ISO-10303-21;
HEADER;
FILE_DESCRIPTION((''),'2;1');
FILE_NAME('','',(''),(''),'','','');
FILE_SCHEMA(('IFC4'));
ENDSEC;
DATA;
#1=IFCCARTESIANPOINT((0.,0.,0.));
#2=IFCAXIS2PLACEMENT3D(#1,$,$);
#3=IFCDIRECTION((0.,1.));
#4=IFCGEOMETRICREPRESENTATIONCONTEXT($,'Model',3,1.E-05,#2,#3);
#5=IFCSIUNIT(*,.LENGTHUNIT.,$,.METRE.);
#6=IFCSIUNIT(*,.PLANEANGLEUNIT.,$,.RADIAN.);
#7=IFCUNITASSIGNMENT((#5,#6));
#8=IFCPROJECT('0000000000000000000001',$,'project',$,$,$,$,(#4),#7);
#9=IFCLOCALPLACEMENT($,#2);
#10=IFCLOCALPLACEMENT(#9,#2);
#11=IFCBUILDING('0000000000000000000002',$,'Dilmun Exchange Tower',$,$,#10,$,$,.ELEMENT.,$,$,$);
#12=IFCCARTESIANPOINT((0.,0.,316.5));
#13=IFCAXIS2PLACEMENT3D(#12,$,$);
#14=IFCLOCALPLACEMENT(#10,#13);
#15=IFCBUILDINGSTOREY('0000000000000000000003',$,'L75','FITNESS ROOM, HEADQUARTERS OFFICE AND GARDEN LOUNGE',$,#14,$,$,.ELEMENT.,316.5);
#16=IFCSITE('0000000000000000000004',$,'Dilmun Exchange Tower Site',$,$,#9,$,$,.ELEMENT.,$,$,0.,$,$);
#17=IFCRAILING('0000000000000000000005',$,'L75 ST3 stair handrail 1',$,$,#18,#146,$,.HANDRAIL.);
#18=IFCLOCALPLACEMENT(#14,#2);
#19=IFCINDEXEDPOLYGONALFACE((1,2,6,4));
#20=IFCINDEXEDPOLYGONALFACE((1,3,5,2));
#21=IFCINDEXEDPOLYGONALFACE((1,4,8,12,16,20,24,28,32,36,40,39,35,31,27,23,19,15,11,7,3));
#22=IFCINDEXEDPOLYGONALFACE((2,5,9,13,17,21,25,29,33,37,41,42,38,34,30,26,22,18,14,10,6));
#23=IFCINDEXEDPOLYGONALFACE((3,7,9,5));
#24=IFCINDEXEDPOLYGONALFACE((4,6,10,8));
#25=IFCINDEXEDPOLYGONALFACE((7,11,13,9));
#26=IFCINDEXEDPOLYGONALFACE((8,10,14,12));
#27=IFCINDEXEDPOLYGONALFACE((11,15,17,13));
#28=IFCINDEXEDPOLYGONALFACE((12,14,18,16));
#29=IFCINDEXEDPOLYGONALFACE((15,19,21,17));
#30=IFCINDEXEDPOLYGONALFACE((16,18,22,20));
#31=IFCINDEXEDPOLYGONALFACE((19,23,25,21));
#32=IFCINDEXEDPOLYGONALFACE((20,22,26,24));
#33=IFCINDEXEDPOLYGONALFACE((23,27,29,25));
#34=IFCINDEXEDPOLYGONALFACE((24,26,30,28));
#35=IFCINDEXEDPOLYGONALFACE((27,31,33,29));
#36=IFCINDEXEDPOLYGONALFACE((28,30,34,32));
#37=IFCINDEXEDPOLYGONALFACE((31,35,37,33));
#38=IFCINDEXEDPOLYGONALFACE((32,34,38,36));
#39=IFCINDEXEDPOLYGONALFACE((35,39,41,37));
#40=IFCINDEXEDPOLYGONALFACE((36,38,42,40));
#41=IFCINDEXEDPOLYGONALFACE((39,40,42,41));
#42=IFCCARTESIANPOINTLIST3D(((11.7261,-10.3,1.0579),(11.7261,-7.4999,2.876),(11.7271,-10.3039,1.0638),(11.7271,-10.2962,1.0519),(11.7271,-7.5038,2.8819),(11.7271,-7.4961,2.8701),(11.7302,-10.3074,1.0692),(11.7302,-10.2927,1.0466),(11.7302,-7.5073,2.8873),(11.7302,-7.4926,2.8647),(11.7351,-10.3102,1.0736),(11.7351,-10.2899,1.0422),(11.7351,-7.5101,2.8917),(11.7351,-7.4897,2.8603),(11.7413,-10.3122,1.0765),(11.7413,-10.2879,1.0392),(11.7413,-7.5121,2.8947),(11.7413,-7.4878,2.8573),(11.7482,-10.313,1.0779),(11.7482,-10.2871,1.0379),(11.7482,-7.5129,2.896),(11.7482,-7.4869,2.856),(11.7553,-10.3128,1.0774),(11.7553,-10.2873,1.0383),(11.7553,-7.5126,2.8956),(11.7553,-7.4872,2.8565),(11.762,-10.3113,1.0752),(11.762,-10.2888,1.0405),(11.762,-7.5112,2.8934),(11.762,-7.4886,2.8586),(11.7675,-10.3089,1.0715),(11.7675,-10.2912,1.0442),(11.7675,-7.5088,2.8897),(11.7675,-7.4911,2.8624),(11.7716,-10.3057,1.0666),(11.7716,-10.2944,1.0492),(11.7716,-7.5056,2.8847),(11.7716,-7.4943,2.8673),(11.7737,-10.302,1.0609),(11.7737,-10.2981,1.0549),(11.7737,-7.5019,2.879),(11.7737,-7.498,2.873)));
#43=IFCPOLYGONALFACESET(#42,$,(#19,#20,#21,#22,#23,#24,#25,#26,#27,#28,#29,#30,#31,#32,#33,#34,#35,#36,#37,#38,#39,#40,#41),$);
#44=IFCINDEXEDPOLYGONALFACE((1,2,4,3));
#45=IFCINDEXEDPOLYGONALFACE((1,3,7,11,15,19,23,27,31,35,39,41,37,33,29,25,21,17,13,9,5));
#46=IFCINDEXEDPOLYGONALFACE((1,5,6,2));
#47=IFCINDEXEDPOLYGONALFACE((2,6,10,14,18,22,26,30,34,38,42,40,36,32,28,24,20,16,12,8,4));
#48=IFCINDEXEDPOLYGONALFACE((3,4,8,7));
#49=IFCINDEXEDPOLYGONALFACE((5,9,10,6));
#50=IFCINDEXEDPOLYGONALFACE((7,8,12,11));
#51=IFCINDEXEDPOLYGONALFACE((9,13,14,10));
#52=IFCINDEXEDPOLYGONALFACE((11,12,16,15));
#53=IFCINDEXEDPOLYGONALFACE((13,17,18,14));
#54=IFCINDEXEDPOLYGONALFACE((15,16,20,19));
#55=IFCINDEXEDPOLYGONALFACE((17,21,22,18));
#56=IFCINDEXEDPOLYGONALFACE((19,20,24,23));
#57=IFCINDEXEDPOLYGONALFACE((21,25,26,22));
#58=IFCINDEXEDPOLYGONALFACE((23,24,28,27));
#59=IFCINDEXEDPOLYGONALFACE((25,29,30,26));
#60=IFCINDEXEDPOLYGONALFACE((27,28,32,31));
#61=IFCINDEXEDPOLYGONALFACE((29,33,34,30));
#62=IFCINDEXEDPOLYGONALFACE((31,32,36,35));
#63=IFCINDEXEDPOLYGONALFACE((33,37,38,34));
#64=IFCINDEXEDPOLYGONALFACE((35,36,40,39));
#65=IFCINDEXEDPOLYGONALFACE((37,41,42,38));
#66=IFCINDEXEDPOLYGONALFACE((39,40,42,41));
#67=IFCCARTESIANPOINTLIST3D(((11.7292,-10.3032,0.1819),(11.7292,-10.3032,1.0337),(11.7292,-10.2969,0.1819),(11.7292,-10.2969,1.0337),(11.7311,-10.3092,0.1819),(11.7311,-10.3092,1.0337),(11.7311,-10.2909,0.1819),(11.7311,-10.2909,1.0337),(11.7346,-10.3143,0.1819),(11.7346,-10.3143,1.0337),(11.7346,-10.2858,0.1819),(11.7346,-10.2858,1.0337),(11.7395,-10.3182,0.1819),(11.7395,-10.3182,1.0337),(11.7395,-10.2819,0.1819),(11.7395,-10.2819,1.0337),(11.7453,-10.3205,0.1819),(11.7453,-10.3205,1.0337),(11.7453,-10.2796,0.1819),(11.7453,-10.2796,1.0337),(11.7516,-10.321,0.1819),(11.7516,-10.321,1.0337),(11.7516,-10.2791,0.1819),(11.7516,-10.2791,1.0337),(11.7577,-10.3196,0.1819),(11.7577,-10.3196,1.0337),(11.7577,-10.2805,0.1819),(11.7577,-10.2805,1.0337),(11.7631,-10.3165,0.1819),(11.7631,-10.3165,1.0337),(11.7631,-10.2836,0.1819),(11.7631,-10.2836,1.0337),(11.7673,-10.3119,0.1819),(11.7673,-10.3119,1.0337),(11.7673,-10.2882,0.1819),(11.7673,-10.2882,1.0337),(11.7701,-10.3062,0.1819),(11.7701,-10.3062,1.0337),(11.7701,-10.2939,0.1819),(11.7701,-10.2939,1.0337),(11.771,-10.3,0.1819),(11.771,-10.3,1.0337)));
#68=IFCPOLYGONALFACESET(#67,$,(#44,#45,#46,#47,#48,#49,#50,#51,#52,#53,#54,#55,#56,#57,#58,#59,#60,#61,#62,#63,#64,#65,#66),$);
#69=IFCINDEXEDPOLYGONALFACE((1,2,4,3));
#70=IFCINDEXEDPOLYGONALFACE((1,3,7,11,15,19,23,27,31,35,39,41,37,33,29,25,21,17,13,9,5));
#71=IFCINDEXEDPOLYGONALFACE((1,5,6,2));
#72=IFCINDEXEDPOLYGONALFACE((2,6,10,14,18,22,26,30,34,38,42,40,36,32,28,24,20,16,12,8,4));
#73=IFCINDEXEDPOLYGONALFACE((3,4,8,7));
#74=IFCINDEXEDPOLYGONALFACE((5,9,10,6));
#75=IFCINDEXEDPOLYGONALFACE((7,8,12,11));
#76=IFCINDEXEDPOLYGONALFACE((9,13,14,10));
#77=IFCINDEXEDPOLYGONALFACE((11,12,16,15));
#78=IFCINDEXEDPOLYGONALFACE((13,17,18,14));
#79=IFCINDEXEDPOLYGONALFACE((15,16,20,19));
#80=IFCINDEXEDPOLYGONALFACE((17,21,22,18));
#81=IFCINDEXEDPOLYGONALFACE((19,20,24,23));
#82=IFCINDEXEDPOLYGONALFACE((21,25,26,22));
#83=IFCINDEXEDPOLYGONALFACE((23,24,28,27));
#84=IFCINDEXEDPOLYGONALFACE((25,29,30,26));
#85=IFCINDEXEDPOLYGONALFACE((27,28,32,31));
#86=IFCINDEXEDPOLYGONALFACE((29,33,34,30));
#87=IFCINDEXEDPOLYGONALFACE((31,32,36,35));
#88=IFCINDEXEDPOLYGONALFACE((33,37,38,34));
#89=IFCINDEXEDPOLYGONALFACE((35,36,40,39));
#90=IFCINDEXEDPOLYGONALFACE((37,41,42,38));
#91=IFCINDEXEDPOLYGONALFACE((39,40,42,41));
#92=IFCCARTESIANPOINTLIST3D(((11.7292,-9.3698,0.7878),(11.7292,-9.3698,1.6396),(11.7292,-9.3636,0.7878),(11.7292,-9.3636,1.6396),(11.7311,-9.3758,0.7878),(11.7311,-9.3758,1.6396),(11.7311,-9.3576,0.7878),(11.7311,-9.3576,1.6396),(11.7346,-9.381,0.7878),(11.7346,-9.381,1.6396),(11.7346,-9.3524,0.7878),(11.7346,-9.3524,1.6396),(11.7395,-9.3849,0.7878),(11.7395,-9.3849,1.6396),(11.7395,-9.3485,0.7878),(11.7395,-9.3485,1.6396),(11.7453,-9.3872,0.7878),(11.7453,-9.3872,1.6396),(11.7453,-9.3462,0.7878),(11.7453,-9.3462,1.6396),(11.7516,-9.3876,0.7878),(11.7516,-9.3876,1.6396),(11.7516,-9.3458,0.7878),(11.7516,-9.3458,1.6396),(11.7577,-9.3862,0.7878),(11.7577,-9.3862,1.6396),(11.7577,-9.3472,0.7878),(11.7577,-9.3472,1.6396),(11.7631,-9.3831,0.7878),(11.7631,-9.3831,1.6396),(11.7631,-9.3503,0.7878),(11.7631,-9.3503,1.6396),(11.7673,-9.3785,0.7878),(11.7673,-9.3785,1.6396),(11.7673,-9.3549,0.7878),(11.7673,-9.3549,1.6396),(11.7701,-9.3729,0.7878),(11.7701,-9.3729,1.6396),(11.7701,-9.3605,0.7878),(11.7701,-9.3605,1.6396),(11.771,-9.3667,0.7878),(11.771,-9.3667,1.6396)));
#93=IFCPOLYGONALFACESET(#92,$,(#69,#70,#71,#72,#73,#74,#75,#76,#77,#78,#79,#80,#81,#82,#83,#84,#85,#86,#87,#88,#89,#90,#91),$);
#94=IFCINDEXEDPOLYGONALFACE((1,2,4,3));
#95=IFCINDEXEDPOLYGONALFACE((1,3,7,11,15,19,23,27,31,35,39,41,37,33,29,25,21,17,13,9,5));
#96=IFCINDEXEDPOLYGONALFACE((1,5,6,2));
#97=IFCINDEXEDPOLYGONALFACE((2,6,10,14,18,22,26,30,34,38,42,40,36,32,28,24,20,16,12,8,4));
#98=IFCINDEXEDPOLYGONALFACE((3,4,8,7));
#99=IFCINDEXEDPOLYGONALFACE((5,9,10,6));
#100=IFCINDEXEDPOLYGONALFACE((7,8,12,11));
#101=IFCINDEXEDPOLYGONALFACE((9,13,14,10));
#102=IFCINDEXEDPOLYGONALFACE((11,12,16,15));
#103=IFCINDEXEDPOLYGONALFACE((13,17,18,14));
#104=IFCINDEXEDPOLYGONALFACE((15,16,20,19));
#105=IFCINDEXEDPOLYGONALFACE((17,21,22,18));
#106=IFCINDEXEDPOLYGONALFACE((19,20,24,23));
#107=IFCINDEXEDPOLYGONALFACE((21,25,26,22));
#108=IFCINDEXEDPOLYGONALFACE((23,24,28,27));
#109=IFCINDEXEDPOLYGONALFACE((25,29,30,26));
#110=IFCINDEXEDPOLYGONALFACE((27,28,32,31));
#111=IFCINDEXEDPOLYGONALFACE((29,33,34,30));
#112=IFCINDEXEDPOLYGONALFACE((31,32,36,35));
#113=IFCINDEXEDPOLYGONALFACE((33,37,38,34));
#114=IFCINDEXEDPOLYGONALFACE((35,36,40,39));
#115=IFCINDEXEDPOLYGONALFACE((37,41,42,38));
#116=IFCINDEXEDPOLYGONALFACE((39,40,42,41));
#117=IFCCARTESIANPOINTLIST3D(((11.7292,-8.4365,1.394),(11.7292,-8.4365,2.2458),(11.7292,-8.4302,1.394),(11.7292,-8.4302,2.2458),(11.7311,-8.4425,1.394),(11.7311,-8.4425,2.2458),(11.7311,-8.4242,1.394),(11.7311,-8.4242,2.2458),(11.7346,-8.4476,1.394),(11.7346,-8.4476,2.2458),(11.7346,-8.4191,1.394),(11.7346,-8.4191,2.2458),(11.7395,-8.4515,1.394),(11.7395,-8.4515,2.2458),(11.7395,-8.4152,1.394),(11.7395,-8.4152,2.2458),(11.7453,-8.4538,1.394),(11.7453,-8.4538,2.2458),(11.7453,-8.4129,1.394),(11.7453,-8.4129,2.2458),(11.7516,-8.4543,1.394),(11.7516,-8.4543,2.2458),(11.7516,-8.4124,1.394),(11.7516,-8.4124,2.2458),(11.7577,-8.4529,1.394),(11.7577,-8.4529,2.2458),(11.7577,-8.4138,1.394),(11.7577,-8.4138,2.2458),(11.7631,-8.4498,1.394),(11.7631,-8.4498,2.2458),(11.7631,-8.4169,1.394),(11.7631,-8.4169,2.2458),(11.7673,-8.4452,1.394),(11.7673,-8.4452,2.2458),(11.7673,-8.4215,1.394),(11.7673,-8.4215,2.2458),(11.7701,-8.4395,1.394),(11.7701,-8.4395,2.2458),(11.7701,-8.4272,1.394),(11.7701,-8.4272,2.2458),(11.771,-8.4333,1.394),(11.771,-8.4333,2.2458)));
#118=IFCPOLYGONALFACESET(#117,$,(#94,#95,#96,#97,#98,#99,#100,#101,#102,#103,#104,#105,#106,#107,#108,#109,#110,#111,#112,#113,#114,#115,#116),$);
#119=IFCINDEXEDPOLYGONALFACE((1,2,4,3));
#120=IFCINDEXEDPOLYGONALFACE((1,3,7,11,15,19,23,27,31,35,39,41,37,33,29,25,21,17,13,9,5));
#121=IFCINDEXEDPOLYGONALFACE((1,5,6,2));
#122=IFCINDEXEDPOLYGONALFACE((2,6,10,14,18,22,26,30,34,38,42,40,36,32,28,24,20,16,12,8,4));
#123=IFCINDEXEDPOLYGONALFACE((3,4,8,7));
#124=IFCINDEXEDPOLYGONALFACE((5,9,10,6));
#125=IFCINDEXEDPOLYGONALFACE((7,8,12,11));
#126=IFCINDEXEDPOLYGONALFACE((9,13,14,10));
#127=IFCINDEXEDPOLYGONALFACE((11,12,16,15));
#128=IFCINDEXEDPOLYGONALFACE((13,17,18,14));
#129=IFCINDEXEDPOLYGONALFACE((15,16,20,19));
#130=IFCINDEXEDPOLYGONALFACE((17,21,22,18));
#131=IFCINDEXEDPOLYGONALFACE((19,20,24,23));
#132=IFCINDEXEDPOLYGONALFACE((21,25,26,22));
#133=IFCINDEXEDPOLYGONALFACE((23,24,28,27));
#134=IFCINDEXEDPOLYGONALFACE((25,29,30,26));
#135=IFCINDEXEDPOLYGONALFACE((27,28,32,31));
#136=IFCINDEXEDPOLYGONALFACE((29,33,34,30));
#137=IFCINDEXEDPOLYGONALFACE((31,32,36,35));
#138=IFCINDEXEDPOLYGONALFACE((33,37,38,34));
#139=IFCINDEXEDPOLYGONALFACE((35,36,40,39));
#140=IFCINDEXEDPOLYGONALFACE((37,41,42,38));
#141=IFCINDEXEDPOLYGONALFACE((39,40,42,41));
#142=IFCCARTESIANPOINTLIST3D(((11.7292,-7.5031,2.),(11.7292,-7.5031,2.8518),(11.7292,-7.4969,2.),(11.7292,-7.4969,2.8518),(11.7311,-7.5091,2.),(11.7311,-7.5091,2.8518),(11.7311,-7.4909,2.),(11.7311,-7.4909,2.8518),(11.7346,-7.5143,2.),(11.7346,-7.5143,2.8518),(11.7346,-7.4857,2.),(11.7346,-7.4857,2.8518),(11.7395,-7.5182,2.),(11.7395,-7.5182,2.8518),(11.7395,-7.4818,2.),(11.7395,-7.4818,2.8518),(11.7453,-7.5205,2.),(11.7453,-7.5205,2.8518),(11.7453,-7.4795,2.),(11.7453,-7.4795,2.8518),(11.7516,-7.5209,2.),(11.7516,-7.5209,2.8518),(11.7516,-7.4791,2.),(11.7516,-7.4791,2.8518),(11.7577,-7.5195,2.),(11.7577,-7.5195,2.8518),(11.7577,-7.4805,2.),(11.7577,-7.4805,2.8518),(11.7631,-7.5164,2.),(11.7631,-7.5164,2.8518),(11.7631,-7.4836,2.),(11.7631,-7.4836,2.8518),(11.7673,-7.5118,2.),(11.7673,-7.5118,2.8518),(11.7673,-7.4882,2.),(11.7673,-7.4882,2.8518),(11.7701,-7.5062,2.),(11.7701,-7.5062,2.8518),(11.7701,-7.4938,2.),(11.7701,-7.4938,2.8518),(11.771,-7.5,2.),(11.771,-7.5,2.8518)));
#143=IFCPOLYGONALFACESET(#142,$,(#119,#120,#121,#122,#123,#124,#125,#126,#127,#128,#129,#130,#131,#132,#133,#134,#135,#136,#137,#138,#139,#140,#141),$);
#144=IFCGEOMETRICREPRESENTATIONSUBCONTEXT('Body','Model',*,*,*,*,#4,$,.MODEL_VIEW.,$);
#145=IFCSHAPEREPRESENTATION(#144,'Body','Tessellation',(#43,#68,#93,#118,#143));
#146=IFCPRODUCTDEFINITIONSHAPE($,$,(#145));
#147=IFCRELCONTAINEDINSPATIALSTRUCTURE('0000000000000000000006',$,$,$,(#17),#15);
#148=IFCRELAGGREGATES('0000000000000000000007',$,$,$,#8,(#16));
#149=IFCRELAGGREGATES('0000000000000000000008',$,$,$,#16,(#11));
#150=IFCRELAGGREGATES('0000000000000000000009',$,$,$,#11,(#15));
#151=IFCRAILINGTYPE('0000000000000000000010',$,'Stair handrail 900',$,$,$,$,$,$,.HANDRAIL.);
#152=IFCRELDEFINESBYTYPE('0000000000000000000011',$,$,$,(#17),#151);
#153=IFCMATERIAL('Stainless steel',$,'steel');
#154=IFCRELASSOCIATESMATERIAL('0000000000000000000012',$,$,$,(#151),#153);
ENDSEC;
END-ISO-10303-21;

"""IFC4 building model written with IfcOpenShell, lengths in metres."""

from ifc_helpers import new_model, si_unit, direction, frame, origin, origin_2d, place, context, subcontext, project, spatial, circle, extrude, material, type_object, element, save


model = new_model("IFC4")

# Units and contexts
model_context = context("Model", 3, precision=1e-05, world=origin(), true_north=direction((0.0, 1.0)))
body_context = subcontext(model_context, "Body", "Model", "MODEL_VIEW")
ifc_project = project(units=[si_unit("LENGTHUNIT", "METRE"), si_unit("PLANEANGLEUNIT", "RADIAN")], contexts=[model_context])

# Site, building, storey
site_placement = place(None, origin())
site = spatial("IfcSite", under=ifc_project, at=site_placement, Name="Dilmun Exchange Tower Site", CompositionType="ELEMENT", RefElevation=0.0)
building_placement = place(site_placement, origin())
building = spatial("IfcBuilding", under=site, at=building_placement, Name="Dilmun Exchange Tower", CompositionType="ELEMENT")
storey_placement = place(building_placement, frame((0.0, 0.0, 316.5)))
storey = spatial("IfcBuildingStorey", under=building, at=storey_placement, Name="L75", Description="FITNESS ROOM, HEADQUARTERS OFFICE AND GARDEN LOUNGE", CompositionType="ELEMENT", Elevation=316.5)

# Railing
ifc_material_1 = material(Name="Stainless steel", Category="steel")
railing_type = type_object("IfcRailingType", Name="Stair handrail 900", PredefinedType="HANDRAIL", material=ifc_material_1)
railing_placement = place(storey_placement, frame((11.75, -10.3, 0.1819)))
element("IfcRailing", 1, at=railing_placement, inside=storey, type_object=railing_type, Name="L75 ST3 stair handrail 1", PredefinedType="HANDRAIL", context=body_context, shape_type="SweptSolid", body=[
    extrude(circle(Radius=0.0239, at=origin_2d()), frame((0.0, 0.0, 0.876), z_axis=(0.0, 0.838706, 0.544585), x_axis=(-1.0, 0.0, 0.0)), (0.0, 0.0, 1.0), 3.3386),
    extrude(circle(Radius=0.021, at=origin_2d()), origin(), (0.0, 0.0, 1.0), 0.8518),
    extrude(circle(Radius=0.021, at=origin_2d()), frame((0.0, 0.9333, 0.606)), (0.0, 0.0, 1.0), 0.8518),
    extrude(circle(Radius=0.021, at=origin_2d()), frame((0.0, 1.8667, 1.2122)), (0.0, 0.0, 1.0), 0.8518),
    extrude(circle(Radius=0.021, at=origin_2d()), frame((0.0, 2.8, 1.8181)), (0.0, 0.0, 1.0), 0.8518),
])

save(model, "model.ifc")
